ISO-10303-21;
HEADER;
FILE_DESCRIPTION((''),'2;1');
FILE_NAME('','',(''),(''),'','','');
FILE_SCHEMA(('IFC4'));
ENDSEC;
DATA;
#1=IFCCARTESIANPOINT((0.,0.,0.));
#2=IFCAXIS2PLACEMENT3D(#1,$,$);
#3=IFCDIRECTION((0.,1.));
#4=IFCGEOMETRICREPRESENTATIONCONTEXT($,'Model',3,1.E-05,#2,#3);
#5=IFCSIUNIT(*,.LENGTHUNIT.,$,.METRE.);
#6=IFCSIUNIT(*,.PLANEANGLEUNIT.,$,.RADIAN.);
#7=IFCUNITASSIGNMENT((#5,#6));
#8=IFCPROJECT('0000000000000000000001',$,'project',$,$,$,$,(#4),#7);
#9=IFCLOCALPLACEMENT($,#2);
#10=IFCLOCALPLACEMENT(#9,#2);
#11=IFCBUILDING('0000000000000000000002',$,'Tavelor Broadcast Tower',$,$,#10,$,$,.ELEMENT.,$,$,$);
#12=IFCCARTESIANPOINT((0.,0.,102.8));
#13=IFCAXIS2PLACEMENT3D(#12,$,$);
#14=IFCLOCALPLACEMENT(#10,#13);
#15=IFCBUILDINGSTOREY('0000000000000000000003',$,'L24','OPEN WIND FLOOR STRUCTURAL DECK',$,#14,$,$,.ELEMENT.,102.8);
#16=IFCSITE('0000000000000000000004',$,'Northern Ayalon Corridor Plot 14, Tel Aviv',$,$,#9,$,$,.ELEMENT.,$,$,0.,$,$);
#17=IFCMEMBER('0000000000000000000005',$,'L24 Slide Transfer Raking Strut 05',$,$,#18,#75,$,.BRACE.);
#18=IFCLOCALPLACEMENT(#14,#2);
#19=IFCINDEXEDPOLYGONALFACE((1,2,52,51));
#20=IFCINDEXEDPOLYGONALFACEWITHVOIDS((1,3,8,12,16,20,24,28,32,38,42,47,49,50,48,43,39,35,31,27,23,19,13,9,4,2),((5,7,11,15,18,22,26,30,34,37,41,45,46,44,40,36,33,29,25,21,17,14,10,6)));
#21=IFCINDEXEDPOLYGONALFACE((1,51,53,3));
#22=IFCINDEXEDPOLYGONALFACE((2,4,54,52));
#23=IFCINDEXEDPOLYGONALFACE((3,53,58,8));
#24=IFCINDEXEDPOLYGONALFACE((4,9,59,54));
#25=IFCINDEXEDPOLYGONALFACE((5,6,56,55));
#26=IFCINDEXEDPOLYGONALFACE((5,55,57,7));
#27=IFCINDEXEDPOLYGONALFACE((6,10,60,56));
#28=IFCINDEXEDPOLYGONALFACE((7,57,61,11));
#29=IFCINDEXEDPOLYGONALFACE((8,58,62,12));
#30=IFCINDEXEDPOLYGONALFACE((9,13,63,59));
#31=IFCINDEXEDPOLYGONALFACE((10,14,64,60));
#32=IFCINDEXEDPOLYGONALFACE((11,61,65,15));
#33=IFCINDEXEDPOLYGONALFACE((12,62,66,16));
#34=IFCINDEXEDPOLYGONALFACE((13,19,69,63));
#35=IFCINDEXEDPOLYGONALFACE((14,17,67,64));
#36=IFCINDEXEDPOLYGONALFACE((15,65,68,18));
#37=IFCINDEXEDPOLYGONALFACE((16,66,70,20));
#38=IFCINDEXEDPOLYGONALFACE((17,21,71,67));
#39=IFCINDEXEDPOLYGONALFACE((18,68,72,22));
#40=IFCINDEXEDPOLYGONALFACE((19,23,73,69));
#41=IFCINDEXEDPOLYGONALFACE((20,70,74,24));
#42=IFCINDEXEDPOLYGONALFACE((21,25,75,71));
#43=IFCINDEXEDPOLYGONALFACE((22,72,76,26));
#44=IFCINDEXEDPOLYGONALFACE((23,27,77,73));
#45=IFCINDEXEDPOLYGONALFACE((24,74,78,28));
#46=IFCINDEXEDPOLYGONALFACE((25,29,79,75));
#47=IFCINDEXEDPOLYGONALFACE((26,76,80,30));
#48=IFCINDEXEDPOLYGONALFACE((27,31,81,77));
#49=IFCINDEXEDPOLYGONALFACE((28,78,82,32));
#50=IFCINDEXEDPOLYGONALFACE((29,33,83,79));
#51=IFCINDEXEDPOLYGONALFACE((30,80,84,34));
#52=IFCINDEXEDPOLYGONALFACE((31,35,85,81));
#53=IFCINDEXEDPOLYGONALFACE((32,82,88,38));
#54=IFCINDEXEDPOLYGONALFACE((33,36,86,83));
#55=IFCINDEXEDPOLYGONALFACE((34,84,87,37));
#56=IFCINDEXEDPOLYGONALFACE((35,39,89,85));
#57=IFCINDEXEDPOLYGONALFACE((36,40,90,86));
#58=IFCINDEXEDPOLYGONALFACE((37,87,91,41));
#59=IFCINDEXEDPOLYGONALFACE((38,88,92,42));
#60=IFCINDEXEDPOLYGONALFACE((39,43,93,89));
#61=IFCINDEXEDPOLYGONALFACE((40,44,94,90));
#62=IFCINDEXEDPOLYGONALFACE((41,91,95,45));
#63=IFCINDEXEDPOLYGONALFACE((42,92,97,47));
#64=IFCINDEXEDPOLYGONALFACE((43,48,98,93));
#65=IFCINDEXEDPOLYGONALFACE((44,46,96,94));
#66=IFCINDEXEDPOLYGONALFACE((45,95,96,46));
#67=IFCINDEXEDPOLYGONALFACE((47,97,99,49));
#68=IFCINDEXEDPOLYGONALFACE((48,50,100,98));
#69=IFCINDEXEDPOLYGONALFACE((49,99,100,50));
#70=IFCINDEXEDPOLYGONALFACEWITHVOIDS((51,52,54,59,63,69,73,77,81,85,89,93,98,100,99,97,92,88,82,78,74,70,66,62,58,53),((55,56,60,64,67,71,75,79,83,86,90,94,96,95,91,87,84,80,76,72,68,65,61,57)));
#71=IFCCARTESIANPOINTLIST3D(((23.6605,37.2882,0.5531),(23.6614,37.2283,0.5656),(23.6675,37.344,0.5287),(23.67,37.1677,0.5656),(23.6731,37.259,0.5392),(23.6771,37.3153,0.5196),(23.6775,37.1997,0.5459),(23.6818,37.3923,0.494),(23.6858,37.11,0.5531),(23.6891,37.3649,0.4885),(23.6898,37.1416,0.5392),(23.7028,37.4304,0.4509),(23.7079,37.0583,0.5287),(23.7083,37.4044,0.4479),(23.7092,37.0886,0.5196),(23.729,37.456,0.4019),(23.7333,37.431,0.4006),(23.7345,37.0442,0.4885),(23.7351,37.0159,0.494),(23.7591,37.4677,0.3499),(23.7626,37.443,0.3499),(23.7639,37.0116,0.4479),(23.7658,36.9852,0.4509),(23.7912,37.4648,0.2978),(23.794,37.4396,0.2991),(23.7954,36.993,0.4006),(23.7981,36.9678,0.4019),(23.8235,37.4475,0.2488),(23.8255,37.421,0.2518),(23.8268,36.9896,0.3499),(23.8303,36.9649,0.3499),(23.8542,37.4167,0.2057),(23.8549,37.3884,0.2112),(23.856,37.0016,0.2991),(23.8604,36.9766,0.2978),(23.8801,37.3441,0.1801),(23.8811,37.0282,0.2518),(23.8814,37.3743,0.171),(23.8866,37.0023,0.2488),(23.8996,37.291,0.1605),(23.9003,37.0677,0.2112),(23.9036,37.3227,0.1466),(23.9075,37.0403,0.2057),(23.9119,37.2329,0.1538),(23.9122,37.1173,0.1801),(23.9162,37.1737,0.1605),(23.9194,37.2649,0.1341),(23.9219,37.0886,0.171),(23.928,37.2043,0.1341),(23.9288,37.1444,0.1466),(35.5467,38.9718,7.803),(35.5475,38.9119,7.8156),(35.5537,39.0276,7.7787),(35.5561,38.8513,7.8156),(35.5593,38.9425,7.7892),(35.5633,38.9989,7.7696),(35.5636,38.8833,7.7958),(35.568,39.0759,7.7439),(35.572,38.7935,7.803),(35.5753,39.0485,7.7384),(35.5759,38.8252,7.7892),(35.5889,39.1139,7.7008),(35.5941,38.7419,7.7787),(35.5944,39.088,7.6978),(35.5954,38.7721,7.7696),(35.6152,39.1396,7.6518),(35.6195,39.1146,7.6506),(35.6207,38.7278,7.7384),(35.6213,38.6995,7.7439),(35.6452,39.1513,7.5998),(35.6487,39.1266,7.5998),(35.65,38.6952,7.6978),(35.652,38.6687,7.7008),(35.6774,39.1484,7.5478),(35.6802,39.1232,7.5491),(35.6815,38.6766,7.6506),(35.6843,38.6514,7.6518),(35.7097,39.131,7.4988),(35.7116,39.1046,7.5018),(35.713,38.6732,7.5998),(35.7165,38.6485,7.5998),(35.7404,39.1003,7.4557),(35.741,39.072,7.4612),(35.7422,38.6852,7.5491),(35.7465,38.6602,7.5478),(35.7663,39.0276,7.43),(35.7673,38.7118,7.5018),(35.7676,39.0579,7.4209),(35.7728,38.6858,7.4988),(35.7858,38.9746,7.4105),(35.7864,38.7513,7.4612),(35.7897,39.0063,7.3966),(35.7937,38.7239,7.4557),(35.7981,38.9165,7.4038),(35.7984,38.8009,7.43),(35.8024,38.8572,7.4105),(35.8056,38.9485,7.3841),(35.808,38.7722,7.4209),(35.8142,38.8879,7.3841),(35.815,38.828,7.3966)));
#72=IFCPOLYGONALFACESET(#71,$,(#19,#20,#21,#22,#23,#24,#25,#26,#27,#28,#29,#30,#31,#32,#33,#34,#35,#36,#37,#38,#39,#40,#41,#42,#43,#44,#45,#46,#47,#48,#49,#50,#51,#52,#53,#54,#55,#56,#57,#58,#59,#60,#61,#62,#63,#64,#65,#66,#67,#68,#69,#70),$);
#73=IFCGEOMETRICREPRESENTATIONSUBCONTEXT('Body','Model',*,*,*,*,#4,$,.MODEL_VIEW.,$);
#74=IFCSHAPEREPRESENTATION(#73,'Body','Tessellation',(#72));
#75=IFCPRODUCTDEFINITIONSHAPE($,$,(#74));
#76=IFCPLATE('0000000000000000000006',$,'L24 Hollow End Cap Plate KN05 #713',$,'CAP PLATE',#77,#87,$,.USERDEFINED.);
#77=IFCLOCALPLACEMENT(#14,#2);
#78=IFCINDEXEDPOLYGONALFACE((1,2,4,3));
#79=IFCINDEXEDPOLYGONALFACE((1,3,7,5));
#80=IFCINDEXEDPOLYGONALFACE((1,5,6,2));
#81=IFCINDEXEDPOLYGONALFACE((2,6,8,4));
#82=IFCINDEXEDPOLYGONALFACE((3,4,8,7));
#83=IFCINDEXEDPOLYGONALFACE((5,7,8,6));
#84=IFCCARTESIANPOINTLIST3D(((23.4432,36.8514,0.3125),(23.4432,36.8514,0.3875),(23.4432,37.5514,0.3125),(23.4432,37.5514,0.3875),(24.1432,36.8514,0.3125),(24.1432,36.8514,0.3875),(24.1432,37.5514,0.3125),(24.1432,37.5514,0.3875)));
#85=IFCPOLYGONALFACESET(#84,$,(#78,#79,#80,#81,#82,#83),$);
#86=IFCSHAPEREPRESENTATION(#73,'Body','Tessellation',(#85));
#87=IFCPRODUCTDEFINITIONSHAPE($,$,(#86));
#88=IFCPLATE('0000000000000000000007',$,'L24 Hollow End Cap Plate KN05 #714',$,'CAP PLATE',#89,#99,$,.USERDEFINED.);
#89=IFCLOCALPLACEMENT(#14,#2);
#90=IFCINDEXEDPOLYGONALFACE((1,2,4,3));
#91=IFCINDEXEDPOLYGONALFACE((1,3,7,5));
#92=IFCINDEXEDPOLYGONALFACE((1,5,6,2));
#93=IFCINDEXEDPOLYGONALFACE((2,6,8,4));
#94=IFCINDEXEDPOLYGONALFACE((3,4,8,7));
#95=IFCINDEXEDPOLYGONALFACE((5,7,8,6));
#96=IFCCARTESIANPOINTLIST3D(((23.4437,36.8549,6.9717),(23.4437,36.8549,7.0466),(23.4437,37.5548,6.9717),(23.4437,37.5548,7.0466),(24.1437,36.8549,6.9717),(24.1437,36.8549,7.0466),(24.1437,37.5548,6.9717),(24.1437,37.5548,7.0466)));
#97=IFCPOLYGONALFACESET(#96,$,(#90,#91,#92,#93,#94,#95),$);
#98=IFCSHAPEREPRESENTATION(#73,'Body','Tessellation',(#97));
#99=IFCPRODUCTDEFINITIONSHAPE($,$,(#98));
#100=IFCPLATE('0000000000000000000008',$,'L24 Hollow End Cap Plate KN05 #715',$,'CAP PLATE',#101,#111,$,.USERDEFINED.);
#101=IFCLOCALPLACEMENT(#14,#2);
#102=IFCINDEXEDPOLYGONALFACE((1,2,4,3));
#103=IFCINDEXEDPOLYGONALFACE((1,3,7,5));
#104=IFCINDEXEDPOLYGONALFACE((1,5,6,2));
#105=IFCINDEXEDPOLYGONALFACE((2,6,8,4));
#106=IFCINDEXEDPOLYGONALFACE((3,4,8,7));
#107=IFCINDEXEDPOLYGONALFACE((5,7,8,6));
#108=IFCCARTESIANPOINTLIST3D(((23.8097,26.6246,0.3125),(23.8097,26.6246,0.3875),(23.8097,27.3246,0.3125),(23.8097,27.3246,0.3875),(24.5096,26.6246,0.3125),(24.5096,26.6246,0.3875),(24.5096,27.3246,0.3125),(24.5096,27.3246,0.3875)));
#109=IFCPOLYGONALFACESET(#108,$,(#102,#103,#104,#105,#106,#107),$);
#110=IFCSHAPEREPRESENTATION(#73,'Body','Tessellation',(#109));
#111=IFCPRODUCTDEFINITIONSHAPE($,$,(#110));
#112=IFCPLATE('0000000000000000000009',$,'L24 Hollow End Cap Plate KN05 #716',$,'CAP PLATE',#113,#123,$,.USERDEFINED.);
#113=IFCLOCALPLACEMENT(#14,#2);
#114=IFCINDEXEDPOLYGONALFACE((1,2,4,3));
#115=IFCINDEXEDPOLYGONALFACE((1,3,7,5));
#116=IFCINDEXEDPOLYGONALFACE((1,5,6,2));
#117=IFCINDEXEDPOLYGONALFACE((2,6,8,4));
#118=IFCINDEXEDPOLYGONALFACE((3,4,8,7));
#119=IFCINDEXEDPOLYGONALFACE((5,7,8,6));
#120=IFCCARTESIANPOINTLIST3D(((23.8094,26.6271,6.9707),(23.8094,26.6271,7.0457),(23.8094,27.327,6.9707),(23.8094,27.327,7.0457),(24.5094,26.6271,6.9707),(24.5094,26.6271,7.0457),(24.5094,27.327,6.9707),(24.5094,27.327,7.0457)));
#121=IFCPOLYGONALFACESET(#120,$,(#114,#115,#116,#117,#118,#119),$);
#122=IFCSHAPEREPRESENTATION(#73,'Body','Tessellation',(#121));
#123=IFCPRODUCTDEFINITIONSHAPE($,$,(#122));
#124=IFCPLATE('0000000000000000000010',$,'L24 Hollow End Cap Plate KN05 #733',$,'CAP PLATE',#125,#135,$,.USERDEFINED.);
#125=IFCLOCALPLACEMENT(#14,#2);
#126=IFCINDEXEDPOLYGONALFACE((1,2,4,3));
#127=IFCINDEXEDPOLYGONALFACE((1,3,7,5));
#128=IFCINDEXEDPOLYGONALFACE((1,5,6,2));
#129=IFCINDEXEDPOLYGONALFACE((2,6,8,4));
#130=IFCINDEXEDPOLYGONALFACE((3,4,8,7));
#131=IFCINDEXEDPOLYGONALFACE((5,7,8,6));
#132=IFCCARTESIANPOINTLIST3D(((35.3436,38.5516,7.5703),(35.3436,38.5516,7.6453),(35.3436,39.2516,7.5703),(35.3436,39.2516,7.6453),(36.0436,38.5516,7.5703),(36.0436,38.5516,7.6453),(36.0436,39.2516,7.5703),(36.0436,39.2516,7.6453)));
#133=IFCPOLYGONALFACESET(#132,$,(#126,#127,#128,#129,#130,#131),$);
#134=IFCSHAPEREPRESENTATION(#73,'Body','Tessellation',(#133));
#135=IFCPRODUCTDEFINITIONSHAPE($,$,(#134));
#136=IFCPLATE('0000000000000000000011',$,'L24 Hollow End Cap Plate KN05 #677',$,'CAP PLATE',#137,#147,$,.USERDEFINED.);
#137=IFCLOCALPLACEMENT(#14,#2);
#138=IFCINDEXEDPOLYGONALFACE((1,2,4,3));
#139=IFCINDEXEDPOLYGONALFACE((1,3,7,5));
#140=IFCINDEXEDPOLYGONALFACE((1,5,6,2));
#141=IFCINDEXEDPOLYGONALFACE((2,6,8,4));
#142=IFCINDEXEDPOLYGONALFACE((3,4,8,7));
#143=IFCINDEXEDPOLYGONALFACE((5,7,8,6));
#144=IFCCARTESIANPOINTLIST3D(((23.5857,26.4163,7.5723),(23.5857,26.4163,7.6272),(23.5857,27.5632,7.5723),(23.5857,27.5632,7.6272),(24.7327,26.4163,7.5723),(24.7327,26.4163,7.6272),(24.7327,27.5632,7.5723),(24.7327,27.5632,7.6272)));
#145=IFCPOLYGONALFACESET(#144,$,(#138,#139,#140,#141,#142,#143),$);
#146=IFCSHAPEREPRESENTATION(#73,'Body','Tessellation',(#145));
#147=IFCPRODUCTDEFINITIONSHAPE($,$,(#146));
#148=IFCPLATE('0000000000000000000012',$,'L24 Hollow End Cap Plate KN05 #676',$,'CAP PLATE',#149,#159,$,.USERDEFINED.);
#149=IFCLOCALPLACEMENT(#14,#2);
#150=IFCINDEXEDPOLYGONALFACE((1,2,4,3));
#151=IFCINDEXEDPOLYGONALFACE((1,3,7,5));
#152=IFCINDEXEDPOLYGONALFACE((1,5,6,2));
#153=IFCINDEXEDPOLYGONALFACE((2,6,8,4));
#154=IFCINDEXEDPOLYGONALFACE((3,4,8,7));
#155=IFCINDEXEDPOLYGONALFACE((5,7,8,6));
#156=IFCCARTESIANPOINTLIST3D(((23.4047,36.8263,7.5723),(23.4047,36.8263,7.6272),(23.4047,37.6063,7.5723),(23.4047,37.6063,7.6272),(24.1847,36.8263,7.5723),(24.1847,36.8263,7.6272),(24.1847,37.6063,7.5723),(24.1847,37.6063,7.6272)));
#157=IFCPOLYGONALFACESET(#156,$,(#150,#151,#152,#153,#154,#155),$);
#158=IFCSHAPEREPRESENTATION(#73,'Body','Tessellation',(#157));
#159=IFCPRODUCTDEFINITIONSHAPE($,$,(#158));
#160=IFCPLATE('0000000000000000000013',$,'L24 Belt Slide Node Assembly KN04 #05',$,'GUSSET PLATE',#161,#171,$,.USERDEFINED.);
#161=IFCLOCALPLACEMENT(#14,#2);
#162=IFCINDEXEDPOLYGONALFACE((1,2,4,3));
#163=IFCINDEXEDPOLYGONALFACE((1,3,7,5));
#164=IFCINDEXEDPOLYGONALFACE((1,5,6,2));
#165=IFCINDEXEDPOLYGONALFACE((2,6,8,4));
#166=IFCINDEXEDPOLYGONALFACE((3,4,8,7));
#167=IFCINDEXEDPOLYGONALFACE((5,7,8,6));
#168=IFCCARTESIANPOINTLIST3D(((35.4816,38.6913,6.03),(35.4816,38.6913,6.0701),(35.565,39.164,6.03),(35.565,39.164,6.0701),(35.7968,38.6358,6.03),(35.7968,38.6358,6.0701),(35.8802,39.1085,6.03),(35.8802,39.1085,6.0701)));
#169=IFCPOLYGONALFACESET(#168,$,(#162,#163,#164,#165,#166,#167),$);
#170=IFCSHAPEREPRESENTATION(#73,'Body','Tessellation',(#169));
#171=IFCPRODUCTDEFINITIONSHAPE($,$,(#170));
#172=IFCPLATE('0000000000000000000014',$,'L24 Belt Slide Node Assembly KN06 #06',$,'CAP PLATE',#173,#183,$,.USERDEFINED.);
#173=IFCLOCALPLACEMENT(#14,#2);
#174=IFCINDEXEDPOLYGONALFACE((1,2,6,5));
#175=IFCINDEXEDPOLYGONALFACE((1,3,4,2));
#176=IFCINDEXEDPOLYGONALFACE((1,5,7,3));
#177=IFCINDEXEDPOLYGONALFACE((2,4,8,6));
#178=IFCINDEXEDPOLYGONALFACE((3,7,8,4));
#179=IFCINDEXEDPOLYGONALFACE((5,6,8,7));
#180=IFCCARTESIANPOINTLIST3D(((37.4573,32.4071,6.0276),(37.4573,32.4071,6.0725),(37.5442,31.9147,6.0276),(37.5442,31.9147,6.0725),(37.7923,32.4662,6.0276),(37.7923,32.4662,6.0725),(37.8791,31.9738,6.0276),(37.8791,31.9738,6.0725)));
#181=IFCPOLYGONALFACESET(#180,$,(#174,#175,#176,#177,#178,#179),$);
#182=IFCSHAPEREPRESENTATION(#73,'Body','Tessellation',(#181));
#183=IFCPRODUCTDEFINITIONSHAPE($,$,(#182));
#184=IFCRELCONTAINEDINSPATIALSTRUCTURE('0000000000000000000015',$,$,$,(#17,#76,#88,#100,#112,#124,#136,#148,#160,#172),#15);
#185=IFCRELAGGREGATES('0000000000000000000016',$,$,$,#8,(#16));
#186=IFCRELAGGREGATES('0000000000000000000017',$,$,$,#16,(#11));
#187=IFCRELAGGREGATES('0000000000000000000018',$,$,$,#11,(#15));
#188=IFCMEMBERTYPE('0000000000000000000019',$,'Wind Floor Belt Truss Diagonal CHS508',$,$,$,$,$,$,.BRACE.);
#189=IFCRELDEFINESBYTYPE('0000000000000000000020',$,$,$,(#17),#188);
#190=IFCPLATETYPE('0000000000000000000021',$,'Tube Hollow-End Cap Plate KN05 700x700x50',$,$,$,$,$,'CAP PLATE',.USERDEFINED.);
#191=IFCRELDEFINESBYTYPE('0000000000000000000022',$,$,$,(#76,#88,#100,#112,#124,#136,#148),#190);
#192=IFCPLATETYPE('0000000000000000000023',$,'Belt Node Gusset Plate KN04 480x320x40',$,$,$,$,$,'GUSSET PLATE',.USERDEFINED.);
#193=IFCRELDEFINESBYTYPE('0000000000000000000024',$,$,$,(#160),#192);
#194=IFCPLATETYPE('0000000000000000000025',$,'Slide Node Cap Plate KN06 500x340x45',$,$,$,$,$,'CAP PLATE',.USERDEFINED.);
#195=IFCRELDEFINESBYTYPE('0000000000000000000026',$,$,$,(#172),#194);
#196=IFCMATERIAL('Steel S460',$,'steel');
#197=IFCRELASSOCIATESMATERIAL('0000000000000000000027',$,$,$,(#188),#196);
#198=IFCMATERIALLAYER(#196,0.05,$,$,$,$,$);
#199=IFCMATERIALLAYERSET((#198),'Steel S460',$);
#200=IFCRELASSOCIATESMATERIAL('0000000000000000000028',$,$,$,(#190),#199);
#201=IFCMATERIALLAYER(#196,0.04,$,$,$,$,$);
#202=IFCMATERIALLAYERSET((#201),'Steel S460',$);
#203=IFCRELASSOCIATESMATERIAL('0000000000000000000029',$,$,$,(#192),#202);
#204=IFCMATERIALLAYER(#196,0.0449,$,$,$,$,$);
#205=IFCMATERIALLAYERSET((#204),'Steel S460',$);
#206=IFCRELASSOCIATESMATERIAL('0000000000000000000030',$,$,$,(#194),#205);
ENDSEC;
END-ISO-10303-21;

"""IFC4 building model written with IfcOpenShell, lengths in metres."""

from ifc_helpers import new_model, si_unit, direction, frame, origin, origin_2d, place, context, subcontext, project, spatial, rectangle, hollow_circle, extrude, source, transform, mapped, material, layer, layer_set, material_profile, profile_set, type_object, type_shapes, element, save


model = new_model("IFC4")

# Units and contexts
model_context = context("Model", 3, precision=1e-05, world=origin(), true_north=direction((0.0, 1.0)))
body_context = subcontext(model_context, "Body", "Model", "MODEL_VIEW")
ifc_project = project(units=[si_unit("LENGTHUNIT", "METRE"), si_unit("PLANEANGLEUNIT", "RADIAN")], contexts=[model_context])

# Site, building, storey
site_placement = place(None, origin())
site = spatial("IfcSite", under=ifc_project, at=site_placement, Name="Northern Ayalon Corridor Plot 14, Tel Aviv", CompositionType="ELEMENT", RefElevation=0.0)
building_placement = place(site_placement, origin())
building = spatial("IfcBuilding", under=site, at=building_placement, Name="Tavelor Broadcast Tower", CompositionType="ELEMENT")
storey_placement = place(building_placement, frame((0.0, 0.0, 102.8)))
storey = spatial("IfcBuildingStorey", under=building, at=storey_placement, Name="L24", Description="OPEN WIND FLOOR STRUCTURAL DECK", CompositionType="ELEMENT", Elevation=102.8)

# Shared definitions
ifc_material_1 = material(Name="Steel S460", Category="steel")

# Member
ifc_material_profile_1 = material_profile(ifc_material_1, hollow_circle(Radius=0.2539, WallThickness=0.0249, at=origin_2d()), Name="CHS 508x25")
ifc_profile_set_1 = profile_set([ifc_material_profile_1], Name="Steel S460")
member_type_1 = type_object("IfcMemberType", Name="Wind Floor Belt Truss Diagonal CHS508", PredefinedType="BRACE", material=ifc_profile_set_1)
member_1_placement = place(storey_placement, frame((23.7947, 37.2163, 0.3499), z_axis=(0.847549, 0.120049, 0.516962), x_axis=(-0.140243, 0.990117, 0.0)))
element("IfcMember", 1, at=member_1_placement, inside=storey, type_object=member_type_1, Name="L24 Slide Transfer Raking Strut 05", PredefinedType="BRACE", context=body_context, shape_type="SweptSolid", body=[
    extrude(hollow_circle(Radius=0.2539, WallThickness=0.0249, at=origin_2d()), origin(), (0.0, 0.0, 1.0), 14.0242),
])

# Plates
ifc_layer_1 = layer(ifc_material_1, 0.05)
ifc_layer_set_1 = layer_set([ifc_layer_1], Name="Steel S460")
plate_type_1 = type_object("IfcPlateType", Name="Tube Hollow-End Cap Plate KN05 700x700x50", ElementType="CAP PLATE", PredefinedType="USERDEFINED", material=ifc_layer_set_1)
shared_shape_1 = source(origin(), body_context, "Body", "SweptSolid", [
    extrude(rectangle(XDim=0.7, YDim=0.7, at=origin_2d()), origin(), (0.0, 0.0, 1.0), 0.075),
])
for number, where, z_axis, x_axis, name in (
    (2, (23.7932, 37.2014, 0.3125), (0.0, 0.0, 1.0), (1.0, 0.0, 0.0), "L24 Hollow End Cap Plate KN05 #713"),
    (3, (23.7937, 37.2048, 6.9717), (0.0, 0.0, 1.0), (1.0, 0.0, 0.0), "L24 Hollow End Cap Plate KN05 #714"),
    (4, (24.1597, 26.9746, 0.3125), (0.0, 0.0, 1.0), (1.0, 0.0, 0.0), "L24 Hollow End Cap Plate KN05 #715"),
    (5, (24.1594, 26.9771, 6.9707), (0.0, 0.0, 1.0), (1.0, 0.0, 0.0), "L24 Hollow End Cap Plate KN05 #716"),
    (6, (35.6936, 38.9016, 7.5703), (0.0, 0.0, 1.0), (1.0, 0.0, 0.0), "L24 Hollow End Cap Plate KN05 #733"),
):
    element("IfcPlate", number, at=place(storey_placement, frame(where, z_axis=z_axis, x_axis=x_axis)), inside=storey, type_object=plate_type_1, Name=name, ObjectType="CAP PLATE", PredefinedType="USERDEFINED", context=body_context, shape_type="MappedRepresentation", body=[
        mapped(shared_shape_1, transform((0.0, 0.0, 0.0), scale=1.0)),
    ])
shared_shape_2 = source(origin(), body_context, "Body", "SweptSolid", [
    extrude(rectangle(XDim=1.147, YDim=1.147, at=origin_2d()), origin(), (0.0, 0.0, 1.0), 0.0549),
])
plate_1_placement = place(storey_placement, frame((24.1592, 26.9897, 7.5723), z_axis=(0.0, 0.0, 1.0), x_axis=(1.0, 0.0, 0.0)))
element("IfcPlate", 7, at=plate_1_placement, inside=storey, type_object=plate_type_1, Name="L24 Hollow End Cap Plate KN05 #677", ObjectType="CAP PLATE", PredefinedType="USERDEFINED", context=body_context, shape_type="MappedRepresentation", body=[
    mapped(shared_shape_2, transform((0.0, 0.0, 0.0), scale=1.0)),
])
shared_shape_3 = source(origin(), body_context, "Body", "SweptSolid", [
    extrude(rectangle(XDim=0.78, YDim=0.78, at=origin_2d()), origin(), (0.0, 0.0, 1.0), 0.0549),
])
type_shapes(plate_type_1, [shared_shape_1, shared_shape_2, shared_shape_3])
plate_2_placement = place(storey_placement, frame((23.7947, 37.2163, 7.5723), z_axis=(0.0, 0.0, 1.0), x_axis=(1.0, 0.0, 0.0)))
element("IfcPlate", 8, at=plate_2_placement, inside=storey, type_object=plate_type_1, Name="L24 Hollow End Cap Plate KN05 #676", ObjectType="CAP PLATE", PredefinedType="USERDEFINED", context=body_context, shape_type="MappedRepresentation", body=[
    mapped(shared_shape_3, transform((0.0, 0.0, 0.0), scale=1.0)),
])
ifc_layer_2 = layer(ifc_material_1, 0.04)
ifc_layer_set_2 = layer_set([ifc_layer_2], Name="Steel S460")
plate_type_2 = type_object("IfcPlateType", Name="Belt Node Gusset Plate KN04 480x320x40", ElementType="GUSSET PLATE", PredefinedType="USERDEFINED", material=ifc_layer_set_2)
shared_shape_4 = source(origin(), body_context, "Body", "SweptSolid", [
    extrude(rectangle(XDim=0.48, YDim=0.3201, at=origin_2d()), origin(), (0.0, 0.0, 1.0), 0.04),
])
type_shapes(plate_type_2, [shared_shape_4])
plate_3_placement = place(storey_placement, frame((35.6809, 38.8999, 6.03), z_axis=(0.0, 0.0, 1.0), x_axis=(0.173648, 0.984808, 0.0)))
element("IfcPlate", 9, at=plate_3_placement, inside=storey, type_object=plate_type_2, Name="L24 Belt Slide Node Assembly KN04 #05", ObjectType="GUSSET PLATE", PredefinedType="USERDEFINED", context=body_context, shape_type="MappedRepresentation", body=[
    mapped(shared_shape_4, transform((0.0, 0.0, 0.0), scale=1.0)),
])
ifc_layer_3 = layer(ifc_material_1, 0.0449)
ifc_layer_set_3 = layer_set([ifc_layer_3], Name="Steel S460")
plate_type_3 = type_object("IfcPlateType", Name="Slide Node Cap Plate KN06 500x340x45", ElementType="CAP PLATE", PredefinedType="USERDEFINED", material=ifc_layer_set_3)
shared_shape_5 = source(origin(), body_context, "Body", "SweptSolid", [
    extrude(rectangle(XDim=0.5, YDim=0.3401, at=origin_2d()), origin(), (0.0, 0.0, 1.0), 0.0449),
])
type_shapes(plate_type_3, [shared_shape_5])
plate_4_placement = place(storey_placement, frame((37.6682, 32.1904, 6.0276), z_axis=(0.0, 0.0, 1.0), x_axis=(-0.173648, 0.984808, 0.0)))
element("IfcPlate", 10, at=plate_4_placement, inside=storey, type_object=plate_type_3, Name="L24 Belt Slide Node Assembly KN06 #06", ObjectType="CAP PLATE", PredefinedType="USERDEFINED", context=body_context, shape_type="MappedRepresentation", body=[
    mapped(shared_shape_5, transform((0.0, 0.0, 0.0), scale=1.0)),
])

save(model, "model.ifc")
